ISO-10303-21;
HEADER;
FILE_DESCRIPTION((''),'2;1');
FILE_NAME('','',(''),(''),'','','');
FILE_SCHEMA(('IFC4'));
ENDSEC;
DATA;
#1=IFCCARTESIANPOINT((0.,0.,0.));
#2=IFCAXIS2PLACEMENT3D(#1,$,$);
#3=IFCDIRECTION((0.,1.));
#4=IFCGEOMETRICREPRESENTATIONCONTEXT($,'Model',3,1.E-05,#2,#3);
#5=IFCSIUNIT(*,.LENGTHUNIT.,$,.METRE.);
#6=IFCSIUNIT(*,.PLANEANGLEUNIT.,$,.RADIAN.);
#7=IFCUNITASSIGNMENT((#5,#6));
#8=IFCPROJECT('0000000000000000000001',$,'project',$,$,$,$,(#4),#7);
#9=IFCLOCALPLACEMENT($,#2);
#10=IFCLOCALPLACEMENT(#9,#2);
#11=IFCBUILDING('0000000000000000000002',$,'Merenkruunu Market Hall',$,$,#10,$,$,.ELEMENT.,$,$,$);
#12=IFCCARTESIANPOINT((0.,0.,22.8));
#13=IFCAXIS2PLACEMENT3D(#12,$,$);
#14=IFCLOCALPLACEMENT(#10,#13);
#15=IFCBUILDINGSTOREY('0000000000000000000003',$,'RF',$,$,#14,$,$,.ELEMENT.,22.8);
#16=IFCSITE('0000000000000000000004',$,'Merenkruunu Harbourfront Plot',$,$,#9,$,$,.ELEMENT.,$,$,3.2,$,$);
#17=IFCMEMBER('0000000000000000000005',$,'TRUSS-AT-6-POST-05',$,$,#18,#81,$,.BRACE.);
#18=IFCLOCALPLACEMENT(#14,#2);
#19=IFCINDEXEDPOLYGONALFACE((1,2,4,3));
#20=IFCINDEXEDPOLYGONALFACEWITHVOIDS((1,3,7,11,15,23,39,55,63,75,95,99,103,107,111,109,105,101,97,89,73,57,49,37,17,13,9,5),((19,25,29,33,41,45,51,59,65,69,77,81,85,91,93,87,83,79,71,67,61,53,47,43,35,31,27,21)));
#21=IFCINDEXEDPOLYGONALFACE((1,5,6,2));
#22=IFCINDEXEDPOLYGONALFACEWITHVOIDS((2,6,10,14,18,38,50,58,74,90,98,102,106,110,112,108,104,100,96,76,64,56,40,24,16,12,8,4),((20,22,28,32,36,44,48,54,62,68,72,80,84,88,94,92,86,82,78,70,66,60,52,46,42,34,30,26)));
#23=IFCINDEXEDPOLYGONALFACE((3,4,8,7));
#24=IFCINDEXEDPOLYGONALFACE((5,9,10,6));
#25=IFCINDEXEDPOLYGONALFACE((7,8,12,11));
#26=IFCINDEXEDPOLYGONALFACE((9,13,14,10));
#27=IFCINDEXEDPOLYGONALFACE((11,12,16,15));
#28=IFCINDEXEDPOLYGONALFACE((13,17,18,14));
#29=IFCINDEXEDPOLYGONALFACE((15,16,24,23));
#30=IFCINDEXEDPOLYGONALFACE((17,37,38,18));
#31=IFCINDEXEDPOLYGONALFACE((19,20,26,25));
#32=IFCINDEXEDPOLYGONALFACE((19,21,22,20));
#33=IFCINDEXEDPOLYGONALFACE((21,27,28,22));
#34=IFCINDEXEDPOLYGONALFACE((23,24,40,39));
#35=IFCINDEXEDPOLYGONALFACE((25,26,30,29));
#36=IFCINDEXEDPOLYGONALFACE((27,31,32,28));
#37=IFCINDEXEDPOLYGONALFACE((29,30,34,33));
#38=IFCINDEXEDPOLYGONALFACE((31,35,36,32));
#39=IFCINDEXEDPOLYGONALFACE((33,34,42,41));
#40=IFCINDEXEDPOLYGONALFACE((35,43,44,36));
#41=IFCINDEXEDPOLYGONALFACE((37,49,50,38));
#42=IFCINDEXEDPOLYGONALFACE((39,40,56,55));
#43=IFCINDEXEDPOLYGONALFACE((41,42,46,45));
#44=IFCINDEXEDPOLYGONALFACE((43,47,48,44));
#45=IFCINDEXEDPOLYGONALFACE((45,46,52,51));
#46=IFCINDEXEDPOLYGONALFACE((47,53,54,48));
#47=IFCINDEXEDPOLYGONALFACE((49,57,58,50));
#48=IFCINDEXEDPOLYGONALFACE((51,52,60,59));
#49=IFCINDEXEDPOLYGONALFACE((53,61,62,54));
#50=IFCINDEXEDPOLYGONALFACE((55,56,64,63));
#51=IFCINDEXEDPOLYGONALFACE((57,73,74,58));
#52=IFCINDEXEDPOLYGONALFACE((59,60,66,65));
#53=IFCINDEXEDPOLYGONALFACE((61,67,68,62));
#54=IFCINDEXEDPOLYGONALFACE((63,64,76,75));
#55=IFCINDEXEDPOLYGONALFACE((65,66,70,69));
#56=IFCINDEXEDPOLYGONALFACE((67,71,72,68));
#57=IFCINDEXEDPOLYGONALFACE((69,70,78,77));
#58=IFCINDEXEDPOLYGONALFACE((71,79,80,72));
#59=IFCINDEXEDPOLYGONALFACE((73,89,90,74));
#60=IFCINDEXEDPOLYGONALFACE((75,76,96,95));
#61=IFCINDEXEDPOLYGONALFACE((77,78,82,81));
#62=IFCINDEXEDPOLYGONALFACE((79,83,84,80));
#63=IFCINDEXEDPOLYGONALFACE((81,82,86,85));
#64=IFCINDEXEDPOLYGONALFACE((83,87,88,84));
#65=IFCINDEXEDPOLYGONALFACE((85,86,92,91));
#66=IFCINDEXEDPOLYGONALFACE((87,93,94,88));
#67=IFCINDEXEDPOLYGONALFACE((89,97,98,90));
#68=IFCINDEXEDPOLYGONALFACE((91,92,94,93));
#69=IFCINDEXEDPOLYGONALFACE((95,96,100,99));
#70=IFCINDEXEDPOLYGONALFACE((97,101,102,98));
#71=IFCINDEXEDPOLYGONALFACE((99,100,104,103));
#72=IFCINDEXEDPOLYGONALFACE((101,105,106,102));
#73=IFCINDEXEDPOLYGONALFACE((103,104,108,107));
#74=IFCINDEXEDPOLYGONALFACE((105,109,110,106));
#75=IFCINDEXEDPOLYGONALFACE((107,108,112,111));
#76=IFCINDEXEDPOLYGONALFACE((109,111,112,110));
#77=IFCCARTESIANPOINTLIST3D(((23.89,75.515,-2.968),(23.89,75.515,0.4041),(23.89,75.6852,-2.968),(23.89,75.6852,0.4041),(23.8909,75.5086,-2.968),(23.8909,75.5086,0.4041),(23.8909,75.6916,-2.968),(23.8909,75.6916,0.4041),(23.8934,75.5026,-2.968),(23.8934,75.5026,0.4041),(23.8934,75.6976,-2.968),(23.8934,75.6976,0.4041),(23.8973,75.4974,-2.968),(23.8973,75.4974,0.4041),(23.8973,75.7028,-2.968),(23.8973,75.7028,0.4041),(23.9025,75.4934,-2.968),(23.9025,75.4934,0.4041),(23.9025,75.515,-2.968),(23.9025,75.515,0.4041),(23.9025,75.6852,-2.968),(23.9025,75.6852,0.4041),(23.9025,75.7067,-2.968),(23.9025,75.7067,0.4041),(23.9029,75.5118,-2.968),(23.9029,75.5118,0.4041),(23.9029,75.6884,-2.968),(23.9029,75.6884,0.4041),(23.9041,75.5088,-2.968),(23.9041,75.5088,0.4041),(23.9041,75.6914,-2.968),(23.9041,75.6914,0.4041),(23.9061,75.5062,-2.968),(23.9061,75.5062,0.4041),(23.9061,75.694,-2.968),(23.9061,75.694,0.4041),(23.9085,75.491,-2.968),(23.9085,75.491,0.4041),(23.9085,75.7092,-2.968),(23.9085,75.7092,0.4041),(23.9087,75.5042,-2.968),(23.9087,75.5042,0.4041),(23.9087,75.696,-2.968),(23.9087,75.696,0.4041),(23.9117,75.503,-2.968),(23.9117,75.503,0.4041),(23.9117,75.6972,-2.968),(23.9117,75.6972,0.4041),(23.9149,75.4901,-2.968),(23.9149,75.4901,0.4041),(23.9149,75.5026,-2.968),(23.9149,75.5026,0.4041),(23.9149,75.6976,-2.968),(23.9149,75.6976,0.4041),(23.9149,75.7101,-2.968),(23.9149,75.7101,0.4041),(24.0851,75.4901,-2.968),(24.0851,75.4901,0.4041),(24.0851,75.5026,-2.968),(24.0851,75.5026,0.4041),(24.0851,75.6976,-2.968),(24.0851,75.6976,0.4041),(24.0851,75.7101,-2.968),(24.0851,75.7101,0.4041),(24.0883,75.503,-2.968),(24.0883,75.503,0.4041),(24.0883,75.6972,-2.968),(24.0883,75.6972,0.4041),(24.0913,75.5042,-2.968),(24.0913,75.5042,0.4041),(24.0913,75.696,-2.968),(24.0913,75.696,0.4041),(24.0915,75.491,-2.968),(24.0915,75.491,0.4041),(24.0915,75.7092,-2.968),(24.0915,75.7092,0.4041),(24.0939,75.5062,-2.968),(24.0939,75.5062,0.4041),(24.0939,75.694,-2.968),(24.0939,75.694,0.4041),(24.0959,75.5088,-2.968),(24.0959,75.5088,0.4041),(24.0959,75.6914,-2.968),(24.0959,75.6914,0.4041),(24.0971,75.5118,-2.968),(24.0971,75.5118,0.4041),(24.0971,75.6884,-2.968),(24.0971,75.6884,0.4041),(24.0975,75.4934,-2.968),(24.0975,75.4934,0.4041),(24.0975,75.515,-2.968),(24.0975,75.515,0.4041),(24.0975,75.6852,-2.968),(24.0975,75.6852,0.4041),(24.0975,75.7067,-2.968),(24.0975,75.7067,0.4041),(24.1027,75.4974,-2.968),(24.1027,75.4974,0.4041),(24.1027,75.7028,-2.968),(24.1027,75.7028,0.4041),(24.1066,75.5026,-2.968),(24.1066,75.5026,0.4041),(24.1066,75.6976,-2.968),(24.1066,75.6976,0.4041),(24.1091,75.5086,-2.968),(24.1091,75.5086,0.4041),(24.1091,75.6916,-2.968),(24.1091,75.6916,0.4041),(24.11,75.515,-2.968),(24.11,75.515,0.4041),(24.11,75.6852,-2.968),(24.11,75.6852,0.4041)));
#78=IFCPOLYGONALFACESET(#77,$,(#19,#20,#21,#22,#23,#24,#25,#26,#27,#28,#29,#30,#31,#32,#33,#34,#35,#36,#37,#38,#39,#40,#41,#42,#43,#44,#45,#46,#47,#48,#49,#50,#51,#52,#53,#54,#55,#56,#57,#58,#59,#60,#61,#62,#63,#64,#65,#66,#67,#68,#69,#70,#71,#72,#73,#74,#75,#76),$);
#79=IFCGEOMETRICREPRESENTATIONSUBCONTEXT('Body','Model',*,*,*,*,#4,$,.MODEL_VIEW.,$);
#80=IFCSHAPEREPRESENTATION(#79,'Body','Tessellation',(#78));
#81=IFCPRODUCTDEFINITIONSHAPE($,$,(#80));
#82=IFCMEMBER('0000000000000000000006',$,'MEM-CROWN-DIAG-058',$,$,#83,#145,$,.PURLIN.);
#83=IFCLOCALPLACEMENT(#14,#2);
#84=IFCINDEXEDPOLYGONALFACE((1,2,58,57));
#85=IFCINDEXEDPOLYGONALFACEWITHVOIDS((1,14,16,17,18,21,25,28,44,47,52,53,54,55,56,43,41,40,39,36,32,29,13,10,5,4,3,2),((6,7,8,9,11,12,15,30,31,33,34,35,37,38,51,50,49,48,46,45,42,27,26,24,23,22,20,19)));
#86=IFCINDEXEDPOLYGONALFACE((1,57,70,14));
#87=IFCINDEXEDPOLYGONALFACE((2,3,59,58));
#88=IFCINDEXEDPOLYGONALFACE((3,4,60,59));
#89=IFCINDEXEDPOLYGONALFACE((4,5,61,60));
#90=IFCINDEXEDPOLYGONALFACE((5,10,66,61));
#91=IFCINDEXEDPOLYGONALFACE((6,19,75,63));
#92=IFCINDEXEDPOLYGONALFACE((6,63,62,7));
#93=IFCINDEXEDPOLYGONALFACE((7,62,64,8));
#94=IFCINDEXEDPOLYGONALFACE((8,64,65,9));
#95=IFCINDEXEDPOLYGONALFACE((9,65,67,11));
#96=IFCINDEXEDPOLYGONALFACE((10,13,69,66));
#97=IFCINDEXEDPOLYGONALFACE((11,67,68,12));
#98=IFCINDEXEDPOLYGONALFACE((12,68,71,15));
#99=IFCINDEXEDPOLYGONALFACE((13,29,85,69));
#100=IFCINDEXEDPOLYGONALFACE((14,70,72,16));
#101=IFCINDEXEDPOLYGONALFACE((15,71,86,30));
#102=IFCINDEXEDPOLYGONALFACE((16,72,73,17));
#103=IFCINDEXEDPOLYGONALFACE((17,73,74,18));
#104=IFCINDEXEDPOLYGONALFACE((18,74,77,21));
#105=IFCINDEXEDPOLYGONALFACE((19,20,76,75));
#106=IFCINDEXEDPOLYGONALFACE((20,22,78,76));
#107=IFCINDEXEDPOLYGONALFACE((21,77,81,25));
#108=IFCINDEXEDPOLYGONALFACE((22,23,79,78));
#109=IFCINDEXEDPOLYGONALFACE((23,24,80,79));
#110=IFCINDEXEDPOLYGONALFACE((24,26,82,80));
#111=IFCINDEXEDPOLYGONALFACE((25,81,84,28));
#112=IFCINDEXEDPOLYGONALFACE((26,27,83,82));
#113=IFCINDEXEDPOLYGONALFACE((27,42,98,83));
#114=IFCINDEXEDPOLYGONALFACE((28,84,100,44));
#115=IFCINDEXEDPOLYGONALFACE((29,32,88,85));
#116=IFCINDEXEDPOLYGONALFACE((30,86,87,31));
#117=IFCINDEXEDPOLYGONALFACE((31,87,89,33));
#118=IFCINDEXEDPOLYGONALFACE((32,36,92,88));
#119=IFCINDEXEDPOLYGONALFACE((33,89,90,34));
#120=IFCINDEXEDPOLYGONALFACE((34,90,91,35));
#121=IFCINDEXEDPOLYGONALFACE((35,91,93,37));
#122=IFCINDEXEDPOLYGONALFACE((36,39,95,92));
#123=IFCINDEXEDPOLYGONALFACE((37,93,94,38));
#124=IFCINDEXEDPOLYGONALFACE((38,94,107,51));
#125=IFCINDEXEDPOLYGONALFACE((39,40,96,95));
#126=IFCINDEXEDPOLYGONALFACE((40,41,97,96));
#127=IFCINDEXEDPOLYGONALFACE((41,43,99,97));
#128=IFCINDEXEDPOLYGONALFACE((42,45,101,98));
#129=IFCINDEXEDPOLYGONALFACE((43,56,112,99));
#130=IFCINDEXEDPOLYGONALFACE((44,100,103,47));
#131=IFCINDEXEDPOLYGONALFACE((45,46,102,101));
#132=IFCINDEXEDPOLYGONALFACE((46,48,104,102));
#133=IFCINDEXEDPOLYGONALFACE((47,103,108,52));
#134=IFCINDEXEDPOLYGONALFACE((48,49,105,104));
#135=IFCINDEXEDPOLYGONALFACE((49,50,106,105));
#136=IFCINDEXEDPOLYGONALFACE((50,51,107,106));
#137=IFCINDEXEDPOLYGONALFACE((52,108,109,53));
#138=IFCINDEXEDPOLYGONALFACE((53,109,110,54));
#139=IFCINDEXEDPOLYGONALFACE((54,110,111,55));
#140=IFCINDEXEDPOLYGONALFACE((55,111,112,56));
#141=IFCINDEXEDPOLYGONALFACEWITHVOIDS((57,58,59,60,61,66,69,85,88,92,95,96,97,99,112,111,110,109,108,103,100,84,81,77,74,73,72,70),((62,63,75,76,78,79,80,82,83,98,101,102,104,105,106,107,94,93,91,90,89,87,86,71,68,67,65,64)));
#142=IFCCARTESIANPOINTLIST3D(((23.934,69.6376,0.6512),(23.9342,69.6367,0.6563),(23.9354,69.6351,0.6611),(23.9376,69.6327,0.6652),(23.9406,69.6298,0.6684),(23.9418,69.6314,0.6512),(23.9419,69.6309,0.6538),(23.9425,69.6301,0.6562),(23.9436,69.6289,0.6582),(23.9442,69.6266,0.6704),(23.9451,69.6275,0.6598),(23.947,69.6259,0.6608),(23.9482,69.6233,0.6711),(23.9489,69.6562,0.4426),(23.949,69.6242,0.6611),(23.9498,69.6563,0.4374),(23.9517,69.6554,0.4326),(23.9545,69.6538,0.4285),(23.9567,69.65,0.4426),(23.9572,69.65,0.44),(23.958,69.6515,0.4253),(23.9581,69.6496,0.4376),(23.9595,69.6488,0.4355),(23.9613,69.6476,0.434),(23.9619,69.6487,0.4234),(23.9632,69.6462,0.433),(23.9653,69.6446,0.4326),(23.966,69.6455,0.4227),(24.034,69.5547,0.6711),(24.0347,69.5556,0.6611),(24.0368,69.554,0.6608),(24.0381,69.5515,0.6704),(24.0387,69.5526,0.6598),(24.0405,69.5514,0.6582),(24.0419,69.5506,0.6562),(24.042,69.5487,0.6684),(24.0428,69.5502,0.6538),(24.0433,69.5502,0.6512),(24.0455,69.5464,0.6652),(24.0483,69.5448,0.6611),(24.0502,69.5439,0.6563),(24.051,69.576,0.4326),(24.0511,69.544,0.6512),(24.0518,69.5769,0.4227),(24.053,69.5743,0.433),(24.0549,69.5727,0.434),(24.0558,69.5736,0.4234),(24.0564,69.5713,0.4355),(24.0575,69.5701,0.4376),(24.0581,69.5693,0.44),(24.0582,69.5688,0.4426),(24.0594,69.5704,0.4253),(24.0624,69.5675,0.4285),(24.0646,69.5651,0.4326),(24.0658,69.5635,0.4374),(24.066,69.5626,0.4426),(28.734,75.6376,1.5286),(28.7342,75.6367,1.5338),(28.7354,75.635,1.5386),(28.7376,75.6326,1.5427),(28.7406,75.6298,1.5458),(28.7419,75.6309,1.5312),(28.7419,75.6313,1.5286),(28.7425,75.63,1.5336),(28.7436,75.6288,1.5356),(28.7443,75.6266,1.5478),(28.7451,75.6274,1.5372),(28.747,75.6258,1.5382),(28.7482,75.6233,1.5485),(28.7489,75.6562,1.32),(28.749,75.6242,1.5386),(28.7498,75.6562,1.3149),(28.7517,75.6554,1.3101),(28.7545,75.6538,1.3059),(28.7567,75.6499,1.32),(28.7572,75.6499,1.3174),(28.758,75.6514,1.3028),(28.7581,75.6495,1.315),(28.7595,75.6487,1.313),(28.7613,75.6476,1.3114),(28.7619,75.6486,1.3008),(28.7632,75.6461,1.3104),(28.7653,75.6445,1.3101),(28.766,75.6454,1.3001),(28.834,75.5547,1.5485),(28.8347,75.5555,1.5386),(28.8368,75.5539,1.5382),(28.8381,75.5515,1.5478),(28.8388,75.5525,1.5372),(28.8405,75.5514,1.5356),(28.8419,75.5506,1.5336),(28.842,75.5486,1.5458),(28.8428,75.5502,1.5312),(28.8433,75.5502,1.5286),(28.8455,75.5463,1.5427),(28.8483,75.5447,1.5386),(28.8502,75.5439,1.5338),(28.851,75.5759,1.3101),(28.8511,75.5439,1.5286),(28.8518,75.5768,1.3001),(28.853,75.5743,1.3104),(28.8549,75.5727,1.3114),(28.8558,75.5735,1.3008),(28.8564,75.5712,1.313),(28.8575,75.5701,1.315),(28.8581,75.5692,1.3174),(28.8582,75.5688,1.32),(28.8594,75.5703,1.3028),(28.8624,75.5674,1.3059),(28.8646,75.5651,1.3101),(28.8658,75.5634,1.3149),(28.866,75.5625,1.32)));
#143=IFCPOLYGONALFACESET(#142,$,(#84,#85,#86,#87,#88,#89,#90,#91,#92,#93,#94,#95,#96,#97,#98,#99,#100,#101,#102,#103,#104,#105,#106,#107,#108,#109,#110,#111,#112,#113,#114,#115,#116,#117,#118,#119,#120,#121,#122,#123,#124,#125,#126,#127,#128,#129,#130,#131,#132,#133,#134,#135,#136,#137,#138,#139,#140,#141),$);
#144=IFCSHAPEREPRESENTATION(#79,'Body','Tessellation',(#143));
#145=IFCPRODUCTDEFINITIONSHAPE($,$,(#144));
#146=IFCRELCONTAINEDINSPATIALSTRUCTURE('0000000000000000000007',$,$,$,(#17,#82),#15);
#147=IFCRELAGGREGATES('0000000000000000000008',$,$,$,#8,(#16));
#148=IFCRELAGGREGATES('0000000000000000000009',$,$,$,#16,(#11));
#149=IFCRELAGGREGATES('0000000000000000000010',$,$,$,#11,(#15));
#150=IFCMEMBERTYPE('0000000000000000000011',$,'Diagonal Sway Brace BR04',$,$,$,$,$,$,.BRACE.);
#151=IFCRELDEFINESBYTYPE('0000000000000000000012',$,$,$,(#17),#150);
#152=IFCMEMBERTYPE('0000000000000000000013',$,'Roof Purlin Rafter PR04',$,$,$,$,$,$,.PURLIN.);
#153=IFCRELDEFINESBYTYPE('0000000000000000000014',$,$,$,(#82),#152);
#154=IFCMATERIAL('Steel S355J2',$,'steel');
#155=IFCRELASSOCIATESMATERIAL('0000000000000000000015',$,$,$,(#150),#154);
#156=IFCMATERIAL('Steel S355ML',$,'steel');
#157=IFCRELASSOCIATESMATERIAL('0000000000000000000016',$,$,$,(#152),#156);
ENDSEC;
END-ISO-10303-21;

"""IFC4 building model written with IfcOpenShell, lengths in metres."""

from ifc_helpers import new_model, si_unit, direction, frame, origin, origin_2d, place, context, subcontext, project, spatial, hollow_rectangle, extrude, material, material_profile, profile_set, type_object, element, save


model = new_model("IFC4")

# Units and contexts
model_context = context("Model", 3, precision=1e-05, world=origin(), true_north=direction((0.0, 1.0)))
body_context = subcontext(model_context, "Body", "Model", "MODEL_VIEW")
ifc_project = project(units=[si_unit("LENGTHUNIT", "METRE"), si_unit("PLANEANGLEUNIT", "RADIAN")], contexts=[model_context])

# Site, building, storey
site_placement = place(None, origin())
site = spatial("IfcSite", under=ifc_project, at=site_placement, Name="Merenkruunu Harbourfront Plot", CompositionType="ELEMENT", RefElevation=3.2)
building_placement = place(site_placement, origin())
building = spatial("IfcBuilding", under=site, at=building_placement, Name="Merenkruunu Market Hall", CompositionType="ELEMENT")
storey_placement = place(building_placement, frame((0.0, 0.0, 22.8)))
storey = spatial("IfcBuildingStorey", under=building, at=storey_placement, Name="RF", CompositionType="ELEMENT", Elevation=22.8)

# Members
ifc_material_1 = material(Name="Steel S355ML", Category="steel")
ifc_material_2 = material(Name="Steel S355J2", Category="steel")
ifc_material_profile_1 = material_profile(ifc_material_2, hollow_rectangle(XDim=0.22, YDim=0.22, WallThickness=0.0125, InnerFilletRadius=0.0125, OuterFilletRadius=0.0249, at=origin_2d()), Name="SHS 220x220x12.5")
ifc_profile_set_1 = profile_set([ifc_material_profile_1], Name="Steel S355J2")
member_type_1 = type_object("IfcMemberType", Name="Diagonal Sway Brace BR04", PredefinedType="BRACE", material=ifc_profile_set_1)
member_1_placement = place(storey_placement, frame((24.0, 75.6001, -2.968), z_axis=(0.0, 0.0, 1.0), x_axis=(1.0, 0.0, 0.0)))
element("IfcMember", 1, at=member_1_placement, inside=storey, type_object=member_type_1, Name="TRUSS-AT-6-POST-05", PredefinedType="BRACE", context=body_context, shape_type="SweptSolid", body=[
    extrude(hollow_rectangle(XDim=0.22, YDim=0.22, WallThickness=0.0125, InnerFilletRadius=0.0125, OuterFilletRadius=0.0249, at=origin_2d()), origin(), (0.0, 0.0, 1.0), 3.3721),
])
ifc_material_profile_2 = material_profile(ifc_material_1, hollow_rectangle(XDim=0.1499, YDim=0.25, WallThickness=0.01, InnerFilletRadius=0.01, OuterFilletRadius=0.02, at=origin_2d()), Name="RHS 250x150x10")
ifc_profile_set_2 = profile_set([ifc_material_profile_2], Name="Steel S355ML")
member_type_2 = type_object("IfcMemberType", Name="Roof Purlin Rafter PR04", PredefinedType="PURLIN", material=ifc_profile_set_2)
for number, where, z_axis, x_axis, name in (
    (2, (24.0, 69.6001, 0.5469), (0.620665, 0.775824, 0.113457), (-0.780866, 0.624699, 0.0), "MEM-CROWN-DIAG-058"),
):
    element("IfcMember", number, at=place(storey_placement, frame(where, z_axis=z_axis, x_axis=x_axis)), inside=storey, type_object=member_type_2, Name=name, PredefinedType="PURLIN", context=body_context, shape_type="SweptSolid", body=[
        extrude(hollow_rectangle(XDim=0.1499, YDim=0.25, WallThickness=0.01, InnerFilletRadius=0.01, OuterFilletRadius=0.02, at=origin_2d()), origin(), (0.0, 0.0, 1.0), 7.7336),
    ])

save(model, "model.ifc")
